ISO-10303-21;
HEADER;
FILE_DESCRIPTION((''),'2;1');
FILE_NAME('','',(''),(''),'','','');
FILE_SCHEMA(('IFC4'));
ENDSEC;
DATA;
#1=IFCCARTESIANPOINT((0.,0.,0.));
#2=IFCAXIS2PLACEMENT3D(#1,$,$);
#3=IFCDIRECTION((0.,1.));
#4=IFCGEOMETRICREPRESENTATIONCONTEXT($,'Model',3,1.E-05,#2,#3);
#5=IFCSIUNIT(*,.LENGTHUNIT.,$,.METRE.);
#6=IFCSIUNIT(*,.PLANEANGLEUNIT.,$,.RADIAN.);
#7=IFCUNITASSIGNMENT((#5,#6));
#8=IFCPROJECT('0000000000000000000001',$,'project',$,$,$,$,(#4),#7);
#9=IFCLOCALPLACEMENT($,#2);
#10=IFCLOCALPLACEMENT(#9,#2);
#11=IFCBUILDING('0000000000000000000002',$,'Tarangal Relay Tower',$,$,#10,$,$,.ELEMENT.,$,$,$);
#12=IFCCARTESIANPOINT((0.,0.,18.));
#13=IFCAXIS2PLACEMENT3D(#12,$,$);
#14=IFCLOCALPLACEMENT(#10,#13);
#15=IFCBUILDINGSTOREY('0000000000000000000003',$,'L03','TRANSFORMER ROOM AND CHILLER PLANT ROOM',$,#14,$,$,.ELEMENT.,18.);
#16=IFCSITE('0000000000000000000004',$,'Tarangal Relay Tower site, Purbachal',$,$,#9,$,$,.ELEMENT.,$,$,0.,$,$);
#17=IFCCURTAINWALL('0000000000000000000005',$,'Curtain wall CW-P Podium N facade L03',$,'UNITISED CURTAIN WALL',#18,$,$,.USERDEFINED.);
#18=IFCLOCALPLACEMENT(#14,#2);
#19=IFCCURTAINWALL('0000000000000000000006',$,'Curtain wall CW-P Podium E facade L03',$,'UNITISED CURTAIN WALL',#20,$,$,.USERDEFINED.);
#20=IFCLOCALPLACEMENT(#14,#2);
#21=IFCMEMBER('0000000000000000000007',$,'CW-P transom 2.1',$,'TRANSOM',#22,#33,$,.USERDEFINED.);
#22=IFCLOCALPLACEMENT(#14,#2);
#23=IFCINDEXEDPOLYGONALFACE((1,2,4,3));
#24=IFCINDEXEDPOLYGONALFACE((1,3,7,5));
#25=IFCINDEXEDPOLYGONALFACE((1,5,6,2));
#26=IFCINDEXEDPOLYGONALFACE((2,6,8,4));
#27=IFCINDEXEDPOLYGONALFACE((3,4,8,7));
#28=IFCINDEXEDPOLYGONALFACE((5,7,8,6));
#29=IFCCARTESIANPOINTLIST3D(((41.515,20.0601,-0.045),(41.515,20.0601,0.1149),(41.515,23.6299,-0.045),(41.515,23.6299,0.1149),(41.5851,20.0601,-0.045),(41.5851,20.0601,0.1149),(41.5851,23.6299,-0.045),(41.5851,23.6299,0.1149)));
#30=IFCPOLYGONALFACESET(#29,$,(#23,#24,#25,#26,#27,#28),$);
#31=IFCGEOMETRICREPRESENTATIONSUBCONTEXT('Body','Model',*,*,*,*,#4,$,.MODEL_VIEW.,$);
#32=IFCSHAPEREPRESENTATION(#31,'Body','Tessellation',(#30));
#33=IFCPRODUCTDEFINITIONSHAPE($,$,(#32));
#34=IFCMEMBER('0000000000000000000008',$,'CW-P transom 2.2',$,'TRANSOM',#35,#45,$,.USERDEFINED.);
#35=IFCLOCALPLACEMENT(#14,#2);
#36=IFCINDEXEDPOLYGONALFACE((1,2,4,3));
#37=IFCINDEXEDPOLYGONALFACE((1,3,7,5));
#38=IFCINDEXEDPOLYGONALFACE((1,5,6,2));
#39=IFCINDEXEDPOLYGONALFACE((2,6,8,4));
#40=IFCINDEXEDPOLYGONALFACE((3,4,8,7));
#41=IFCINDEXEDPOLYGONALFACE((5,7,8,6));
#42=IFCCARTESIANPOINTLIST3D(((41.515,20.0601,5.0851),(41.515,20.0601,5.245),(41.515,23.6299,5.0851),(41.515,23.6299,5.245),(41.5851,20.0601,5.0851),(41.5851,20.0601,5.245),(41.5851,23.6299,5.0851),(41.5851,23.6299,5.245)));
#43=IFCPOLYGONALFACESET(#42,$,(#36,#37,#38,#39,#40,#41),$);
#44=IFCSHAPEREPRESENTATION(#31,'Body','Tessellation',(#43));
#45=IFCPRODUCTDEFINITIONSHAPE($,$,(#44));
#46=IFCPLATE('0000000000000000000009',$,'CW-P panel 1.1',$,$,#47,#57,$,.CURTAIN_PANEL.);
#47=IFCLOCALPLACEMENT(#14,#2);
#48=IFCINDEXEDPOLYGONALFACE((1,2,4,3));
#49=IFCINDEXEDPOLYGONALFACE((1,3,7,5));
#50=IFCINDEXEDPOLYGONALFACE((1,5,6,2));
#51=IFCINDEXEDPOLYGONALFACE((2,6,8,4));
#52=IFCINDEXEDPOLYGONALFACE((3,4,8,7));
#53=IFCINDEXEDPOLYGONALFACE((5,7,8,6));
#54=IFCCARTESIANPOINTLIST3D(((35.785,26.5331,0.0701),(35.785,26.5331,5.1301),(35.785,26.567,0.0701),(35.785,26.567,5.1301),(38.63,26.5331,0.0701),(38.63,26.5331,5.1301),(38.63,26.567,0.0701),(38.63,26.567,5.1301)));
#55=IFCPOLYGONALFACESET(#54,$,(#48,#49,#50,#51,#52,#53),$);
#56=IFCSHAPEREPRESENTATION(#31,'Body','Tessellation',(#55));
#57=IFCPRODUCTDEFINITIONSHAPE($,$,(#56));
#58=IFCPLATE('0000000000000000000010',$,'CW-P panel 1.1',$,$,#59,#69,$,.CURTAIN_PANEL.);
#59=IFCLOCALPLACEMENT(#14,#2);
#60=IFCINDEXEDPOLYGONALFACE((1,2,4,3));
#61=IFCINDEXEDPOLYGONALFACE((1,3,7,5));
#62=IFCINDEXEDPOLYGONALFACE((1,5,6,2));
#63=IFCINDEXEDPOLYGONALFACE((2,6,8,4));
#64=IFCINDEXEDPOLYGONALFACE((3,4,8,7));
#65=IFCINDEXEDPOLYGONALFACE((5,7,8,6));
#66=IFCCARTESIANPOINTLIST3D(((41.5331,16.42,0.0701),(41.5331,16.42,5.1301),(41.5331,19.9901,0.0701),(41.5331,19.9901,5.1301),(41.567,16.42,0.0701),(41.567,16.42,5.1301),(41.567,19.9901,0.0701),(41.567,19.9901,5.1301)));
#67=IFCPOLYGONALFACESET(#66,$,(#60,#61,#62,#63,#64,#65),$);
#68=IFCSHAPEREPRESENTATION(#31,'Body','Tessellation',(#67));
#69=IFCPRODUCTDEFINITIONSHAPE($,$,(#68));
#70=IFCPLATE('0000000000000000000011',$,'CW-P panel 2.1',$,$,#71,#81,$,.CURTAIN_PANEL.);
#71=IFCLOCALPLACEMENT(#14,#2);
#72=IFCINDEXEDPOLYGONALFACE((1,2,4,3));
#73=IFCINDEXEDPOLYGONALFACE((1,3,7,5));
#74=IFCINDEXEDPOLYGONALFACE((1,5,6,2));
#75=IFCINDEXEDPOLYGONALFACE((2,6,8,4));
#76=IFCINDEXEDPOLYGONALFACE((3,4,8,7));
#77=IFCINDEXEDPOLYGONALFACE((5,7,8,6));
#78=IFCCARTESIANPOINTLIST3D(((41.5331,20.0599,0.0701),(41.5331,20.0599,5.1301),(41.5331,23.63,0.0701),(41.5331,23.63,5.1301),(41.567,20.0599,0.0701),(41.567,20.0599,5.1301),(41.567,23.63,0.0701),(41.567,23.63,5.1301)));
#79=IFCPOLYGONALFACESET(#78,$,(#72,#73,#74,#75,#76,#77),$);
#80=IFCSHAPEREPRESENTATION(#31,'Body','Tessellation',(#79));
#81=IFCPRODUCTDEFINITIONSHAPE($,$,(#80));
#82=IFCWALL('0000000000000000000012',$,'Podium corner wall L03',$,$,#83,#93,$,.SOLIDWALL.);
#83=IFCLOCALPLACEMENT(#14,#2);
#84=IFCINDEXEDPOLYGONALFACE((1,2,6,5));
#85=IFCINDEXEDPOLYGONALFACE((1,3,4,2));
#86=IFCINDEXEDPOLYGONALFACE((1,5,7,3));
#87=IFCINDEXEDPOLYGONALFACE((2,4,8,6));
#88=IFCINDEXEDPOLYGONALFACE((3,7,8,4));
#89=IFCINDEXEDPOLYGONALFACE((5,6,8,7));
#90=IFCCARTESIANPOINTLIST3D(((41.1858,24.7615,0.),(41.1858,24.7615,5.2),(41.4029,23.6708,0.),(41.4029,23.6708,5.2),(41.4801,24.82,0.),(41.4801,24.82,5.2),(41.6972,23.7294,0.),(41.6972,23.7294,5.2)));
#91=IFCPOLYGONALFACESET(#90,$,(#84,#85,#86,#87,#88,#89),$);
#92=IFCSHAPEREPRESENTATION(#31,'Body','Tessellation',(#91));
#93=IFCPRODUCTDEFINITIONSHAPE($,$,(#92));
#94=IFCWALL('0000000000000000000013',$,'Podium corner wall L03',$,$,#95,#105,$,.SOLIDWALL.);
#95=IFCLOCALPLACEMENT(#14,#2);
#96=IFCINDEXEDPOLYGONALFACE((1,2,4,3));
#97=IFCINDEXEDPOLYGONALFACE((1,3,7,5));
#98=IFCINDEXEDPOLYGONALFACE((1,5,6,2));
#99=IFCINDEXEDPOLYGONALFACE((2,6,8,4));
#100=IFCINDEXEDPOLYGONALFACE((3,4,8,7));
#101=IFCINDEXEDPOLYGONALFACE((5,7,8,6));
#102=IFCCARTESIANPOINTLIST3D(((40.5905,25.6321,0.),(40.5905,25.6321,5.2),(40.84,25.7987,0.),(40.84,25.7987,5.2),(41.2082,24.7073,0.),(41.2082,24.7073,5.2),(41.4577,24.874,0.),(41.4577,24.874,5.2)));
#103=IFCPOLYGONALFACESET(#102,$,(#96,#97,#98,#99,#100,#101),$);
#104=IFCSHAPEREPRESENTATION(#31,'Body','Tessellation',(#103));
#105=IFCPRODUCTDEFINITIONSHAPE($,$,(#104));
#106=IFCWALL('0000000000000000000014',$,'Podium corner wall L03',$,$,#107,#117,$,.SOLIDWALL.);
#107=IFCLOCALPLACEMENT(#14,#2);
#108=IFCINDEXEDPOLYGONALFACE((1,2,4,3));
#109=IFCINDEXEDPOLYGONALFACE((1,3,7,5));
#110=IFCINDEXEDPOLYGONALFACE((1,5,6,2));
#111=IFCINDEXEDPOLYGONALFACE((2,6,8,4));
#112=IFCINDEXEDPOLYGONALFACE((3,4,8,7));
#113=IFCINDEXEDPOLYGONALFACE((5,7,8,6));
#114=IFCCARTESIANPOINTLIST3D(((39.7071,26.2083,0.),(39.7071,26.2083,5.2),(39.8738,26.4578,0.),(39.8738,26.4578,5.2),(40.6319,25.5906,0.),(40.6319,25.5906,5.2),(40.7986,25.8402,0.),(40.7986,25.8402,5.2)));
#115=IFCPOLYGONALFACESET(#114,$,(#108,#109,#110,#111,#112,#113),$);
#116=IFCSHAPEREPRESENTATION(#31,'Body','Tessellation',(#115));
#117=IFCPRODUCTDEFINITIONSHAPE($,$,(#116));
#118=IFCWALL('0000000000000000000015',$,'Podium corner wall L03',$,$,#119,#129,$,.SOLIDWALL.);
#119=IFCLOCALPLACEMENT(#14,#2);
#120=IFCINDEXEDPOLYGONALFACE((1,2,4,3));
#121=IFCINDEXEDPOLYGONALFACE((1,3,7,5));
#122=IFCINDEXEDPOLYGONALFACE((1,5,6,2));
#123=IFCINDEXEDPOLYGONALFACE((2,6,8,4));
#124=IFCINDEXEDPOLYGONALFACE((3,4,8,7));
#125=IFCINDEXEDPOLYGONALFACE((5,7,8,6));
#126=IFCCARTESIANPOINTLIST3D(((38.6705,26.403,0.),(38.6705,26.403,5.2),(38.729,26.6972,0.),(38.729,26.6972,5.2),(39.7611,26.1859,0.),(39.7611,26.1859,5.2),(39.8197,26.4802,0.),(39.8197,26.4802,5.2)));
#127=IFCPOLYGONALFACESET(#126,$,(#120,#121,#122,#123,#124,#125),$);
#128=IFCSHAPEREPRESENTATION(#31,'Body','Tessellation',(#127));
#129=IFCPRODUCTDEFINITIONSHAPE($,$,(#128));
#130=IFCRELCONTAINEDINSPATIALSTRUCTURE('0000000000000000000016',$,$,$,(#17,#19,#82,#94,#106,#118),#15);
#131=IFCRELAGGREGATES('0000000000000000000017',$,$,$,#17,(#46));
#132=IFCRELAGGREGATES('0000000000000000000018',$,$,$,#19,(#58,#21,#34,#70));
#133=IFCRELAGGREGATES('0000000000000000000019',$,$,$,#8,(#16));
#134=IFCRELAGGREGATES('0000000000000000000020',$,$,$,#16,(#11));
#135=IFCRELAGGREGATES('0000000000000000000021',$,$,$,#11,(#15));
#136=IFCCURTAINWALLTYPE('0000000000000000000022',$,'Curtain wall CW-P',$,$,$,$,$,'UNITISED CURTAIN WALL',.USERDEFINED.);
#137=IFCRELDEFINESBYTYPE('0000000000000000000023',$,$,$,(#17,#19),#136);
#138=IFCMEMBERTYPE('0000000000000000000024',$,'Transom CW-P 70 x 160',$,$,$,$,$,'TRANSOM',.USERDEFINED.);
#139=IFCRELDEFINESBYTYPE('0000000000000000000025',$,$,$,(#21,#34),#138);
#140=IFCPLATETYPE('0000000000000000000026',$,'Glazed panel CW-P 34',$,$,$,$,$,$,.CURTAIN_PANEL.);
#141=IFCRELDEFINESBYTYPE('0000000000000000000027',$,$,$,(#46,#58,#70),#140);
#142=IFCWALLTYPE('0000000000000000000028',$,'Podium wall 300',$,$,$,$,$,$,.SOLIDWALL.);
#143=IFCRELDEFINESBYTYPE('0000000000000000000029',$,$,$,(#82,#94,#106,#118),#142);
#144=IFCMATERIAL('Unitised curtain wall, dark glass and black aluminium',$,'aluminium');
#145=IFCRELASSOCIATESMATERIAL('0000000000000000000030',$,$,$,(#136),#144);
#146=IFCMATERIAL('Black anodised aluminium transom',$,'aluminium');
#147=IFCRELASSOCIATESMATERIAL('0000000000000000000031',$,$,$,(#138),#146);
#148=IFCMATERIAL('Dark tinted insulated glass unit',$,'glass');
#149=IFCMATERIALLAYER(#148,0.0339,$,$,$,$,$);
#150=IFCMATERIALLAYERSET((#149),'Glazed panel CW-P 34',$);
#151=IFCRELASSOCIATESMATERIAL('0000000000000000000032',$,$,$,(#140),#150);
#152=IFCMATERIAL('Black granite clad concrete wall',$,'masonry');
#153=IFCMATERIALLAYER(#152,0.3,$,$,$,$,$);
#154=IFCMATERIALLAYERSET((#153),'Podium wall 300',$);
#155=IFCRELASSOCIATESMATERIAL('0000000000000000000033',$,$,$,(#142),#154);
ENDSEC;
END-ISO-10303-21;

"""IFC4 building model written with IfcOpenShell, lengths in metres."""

from ifc_helpers import new_model, si_unit, direction, frame, frame_2d, origin, origin_2d, place, context, subcontext, project, spatial, rectangle, extrude, material, layer, layer_set, material_profile, profile_set, type_object, element, aggregate, save


model = new_model("IFC4")

# Units and contexts
model_context = context("Model", 3, precision=1e-05, world=origin(), true_north=direction((0.0, 1.0)))
body_context = subcontext(model_context, "Body", "Model", "MODEL_VIEW")
ifc_project = project(units=[si_unit("LENGTHUNIT", "METRE"), si_unit("PLANEANGLEUNIT", "RADIAN")], contexts=[model_context])

# Site, building, storey
site_placement = place(None, origin())
site = spatial("IfcSite", under=ifc_project, at=site_placement, Name="Tarangal Relay Tower site, Purbachal", CompositionType="ELEMENT", RefElevation=0.0)
building_placement = place(site_placement, origin())
building = spatial("IfcBuilding", under=site, at=building_placement, Name="Tarangal Relay Tower", CompositionType="ELEMENT")
storey_placement = place(building_placement, frame((0.0, 0.0, 18.0)))
storey = spatial("IfcBuildingStorey", under=building, at=storey_placement, Name="L03", Description="TRANSFORMER ROOM AND CHILLER PLANT ROOM", CompositionType="ELEMENT", Elevation=18.0)

# Curtain walls
ifc_material_1 = material(Name="Unitised curtain wall, dark glass and black aluminium", Category="aluminium")
curtain_wall_type = type_object("IfcCurtainWallType", Name="Curtain wall CW-P", ElementType="UNITISED CURTAIN WALL", PredefinedType="USERDEFINED", material=ifc_material_1)
curtain_wall_1_placement = place(storey_placement, origin())
curtain_wall_1 = element("IfcCurtainWall", 1, at=curtain_wall_1_placement, inside=storey, type_object=curtain_wall_type, Name="Curtain wall CW-P Podium N facade L03", ObjectType="UNITISED CURTAIN WALL", PredefinedType="USERDEFINED")
curtain_wall_2_placement = place(storey_placement, origin())
curtain_wall_2 = element("IfcCurtainWall", 2, at=curtain_wall_2_placement, inside=storey, type_object=curtain_wall_type, Name="Curtain wall CW-P Podium E facade L03", ObjectType="UNITISED CURTAIN WALL", PredefinedType="USERDEFINED")

# Members
ifc_material_2 = material(Name="Black anodised aluminium transom", Category="aluminium")
ifc_material_profile_1 = material_profile(ifc_material_2, rectangle(XDim=0.0701, YDim=0.1599, at=origin_2d()), Name="CW-PT 70X160")
ifc_profile_set_1 = profile_set([ifc_material_profile_1], Name="Black anodised aluminium transom")
member_type_1 = type_object("IfcMemberType", Name="Transom CW-P 70 x 160", ElementType="TRANSOM", PredefinedType="USERDEFINED", material=ifc_profile_set_1)
member_1_placement = place(storey_placement, frame((41.55, 20.0601, 0.0349), z_axis=(0.0, 1.0, 0.0), x_axis=(-1.0, 0.0, 0.0)))
member_1 = element("IfcMember", 3, at=member_1_placement, type_object=member_type_1, Name="CW-P transom 2.1", ObjectType="TRANSOM", PredefinedType="USERDEFINED", context=body_context, shape_type="SweptSolid", body=[
    extrude(rectangle(XDim=0.0701, YDim=0.1599, at=origin_2d()), origin(), (0.0, 0.0, 1.0), 3.5698),
])
member_2_placement = place(storey_placement, frame((41.55, 20.0601, 5.165), z_axis=(0.0, 1.0, 0.0), x_axis=(-1.0, 0.0, 0.0)))
member_2 = element("IfcMember", 4, at=member_2_placement, type_object=member_type_1, Name="CW-P transom 2.2", ObjectType="TRANSOM", PredefinedType="USERDEFINED", context=body_context, shape_type="SweptSolid", body=[
    extrude(rectangle(XDim=0.0701, YDim=0.1599, at=origin_2d()), origin(), (0.0, 0.0, 1.0), 3.5698),
])

# Plates
ifc_material_3 = material(Name="Dark tinted insulated glass unit", Category="glass")
ifc_layer_1 = layer(ifc_material_3, 0.0339)
ifc_layer_set_1 = layer_set([ifc_layer_1], Name="Glazed panel CW-P 34")
plate_type = type_object("IfcPlateType", Name="Glazed panel CW-P 34", PredefinedType="CURTAIN_PANEL", material=ifc_layer_set_1)
plate_1_placement = place(storey_placement, frame((37.2075, 26.55, 0.0701), z_axis=(0.0, 0.0, 1.0), x_axis=(-1.0, 0.0, 0.0)))
plate_1 = element("IfcPlate", 5, at=plate_1_placement, type_object=plate_type, Name="CW-P panel 1.1", PredefinedType="CURTAIN_PANEL", context=body_context, shape_type="SweptSolid", body=[
    extrude(rectangle(XDim=2.845, YDim=0.0339, at=origin_2d()), origin(), (0.0, 0.0, 1.0), 5.0601),
])
aggregate(curtain_wall_1, [plate_1])
plate_2_placement = place(storey_placement, frame((41.55, 18.2051, 0.0701), z_axis=(0.0, 0.0, 1.0), x_axis=(0.0, 1.0, 0.0)))
plate_2 = element("IfcPlate", 6, at=plate_2_placement, type_object=plate_type, Name="CW-P panel 1.1", PredefinedType="CURTAIN_PANEL", context=body_context, shape_type="SweptSolid", body=[
    extrude(rectangle(XDim=3.5701, YDim=0.0339, at=origin_2d()), origin(), (0.0, 0.0, 1.0), 5.0601),
])
plate_3_placement = place(storey_placement, frame((41.55, 21.845, 0.0701), z_axis=(0.0, 0.0, 1.0), x_axis=(0.0, 1.0, 0.0)))
plate_3 = element("IfcPlate", 7, at=plate_3_placement, type_object=plate_type, Name="CW-P panel 2.1", PredefinedType="CURTAIN_PANEL", context=body_context, shape_type="SweptSolid", body=[
    extrude(rectangle(XDim=3.5701, YDim=0.0339, at=origin_2d()), origin(), (0.0, 0.0, 1.0), 5.0601),
])
aggregate(curtain_wall_2, [plate_2, member_1, member_2, plate_3])

# Walls
ifc_material_4 = material(Name="Black granite clad concrete wall", Category="masonry")
ifc_layer_2 = layer(ifc_material_4, 0.3)
ifc_layer_set_2 = layer_set([ifc_layer_2], Name="Podium wall 300")
wall_type = type_object("IfcWallType", Name="Podium wall 300", PredefinedType="SOLIDWALL", material=ifc_layer_set_2)
for number, where, z_axis, x_axis, name in (
    (8, (41.55, 23.7, 0.0), (0.0, 0.0, 1.0), (-0.195187, 0.980766, 0.0), "Podium corner wall L03"),
    (9, (41.333, 24.7905, 0.0), (0.0, 0.0, 1.0), (-0.555409, 0.831577, 0.0), "Podium corner wall L03"),
    (10, (40.7153, 25.7153, 0.0), (0.0, 0.0, 1.0), (-0.831577, 0.555409, 0.0), "Podium corner wall L03"),
    (11, (39.7905, 26.333, 0.0), (0.0, 0.0, 1.0), (-0.980766, 0.195187, 0.0), "Podium corner wall L03"),
):
    element("IfcWall", number, at=place(storey_placement, frame(where, z_axis=z_axis, x_axis=x_axis)), inside=storey, type_object=wall_type, Name=name, PredefinedType="SOLIDWALL", context=body_context, shape_type="SweptSolid", body=[
        extrude(rectangle(XDim=1.1121, YDim=0.3, at=frame_2d((0.5562, 0.0))), origin(), (0.0, 0.0, 1.0), 5.2),
    ])

save(model, "model.ifc")
